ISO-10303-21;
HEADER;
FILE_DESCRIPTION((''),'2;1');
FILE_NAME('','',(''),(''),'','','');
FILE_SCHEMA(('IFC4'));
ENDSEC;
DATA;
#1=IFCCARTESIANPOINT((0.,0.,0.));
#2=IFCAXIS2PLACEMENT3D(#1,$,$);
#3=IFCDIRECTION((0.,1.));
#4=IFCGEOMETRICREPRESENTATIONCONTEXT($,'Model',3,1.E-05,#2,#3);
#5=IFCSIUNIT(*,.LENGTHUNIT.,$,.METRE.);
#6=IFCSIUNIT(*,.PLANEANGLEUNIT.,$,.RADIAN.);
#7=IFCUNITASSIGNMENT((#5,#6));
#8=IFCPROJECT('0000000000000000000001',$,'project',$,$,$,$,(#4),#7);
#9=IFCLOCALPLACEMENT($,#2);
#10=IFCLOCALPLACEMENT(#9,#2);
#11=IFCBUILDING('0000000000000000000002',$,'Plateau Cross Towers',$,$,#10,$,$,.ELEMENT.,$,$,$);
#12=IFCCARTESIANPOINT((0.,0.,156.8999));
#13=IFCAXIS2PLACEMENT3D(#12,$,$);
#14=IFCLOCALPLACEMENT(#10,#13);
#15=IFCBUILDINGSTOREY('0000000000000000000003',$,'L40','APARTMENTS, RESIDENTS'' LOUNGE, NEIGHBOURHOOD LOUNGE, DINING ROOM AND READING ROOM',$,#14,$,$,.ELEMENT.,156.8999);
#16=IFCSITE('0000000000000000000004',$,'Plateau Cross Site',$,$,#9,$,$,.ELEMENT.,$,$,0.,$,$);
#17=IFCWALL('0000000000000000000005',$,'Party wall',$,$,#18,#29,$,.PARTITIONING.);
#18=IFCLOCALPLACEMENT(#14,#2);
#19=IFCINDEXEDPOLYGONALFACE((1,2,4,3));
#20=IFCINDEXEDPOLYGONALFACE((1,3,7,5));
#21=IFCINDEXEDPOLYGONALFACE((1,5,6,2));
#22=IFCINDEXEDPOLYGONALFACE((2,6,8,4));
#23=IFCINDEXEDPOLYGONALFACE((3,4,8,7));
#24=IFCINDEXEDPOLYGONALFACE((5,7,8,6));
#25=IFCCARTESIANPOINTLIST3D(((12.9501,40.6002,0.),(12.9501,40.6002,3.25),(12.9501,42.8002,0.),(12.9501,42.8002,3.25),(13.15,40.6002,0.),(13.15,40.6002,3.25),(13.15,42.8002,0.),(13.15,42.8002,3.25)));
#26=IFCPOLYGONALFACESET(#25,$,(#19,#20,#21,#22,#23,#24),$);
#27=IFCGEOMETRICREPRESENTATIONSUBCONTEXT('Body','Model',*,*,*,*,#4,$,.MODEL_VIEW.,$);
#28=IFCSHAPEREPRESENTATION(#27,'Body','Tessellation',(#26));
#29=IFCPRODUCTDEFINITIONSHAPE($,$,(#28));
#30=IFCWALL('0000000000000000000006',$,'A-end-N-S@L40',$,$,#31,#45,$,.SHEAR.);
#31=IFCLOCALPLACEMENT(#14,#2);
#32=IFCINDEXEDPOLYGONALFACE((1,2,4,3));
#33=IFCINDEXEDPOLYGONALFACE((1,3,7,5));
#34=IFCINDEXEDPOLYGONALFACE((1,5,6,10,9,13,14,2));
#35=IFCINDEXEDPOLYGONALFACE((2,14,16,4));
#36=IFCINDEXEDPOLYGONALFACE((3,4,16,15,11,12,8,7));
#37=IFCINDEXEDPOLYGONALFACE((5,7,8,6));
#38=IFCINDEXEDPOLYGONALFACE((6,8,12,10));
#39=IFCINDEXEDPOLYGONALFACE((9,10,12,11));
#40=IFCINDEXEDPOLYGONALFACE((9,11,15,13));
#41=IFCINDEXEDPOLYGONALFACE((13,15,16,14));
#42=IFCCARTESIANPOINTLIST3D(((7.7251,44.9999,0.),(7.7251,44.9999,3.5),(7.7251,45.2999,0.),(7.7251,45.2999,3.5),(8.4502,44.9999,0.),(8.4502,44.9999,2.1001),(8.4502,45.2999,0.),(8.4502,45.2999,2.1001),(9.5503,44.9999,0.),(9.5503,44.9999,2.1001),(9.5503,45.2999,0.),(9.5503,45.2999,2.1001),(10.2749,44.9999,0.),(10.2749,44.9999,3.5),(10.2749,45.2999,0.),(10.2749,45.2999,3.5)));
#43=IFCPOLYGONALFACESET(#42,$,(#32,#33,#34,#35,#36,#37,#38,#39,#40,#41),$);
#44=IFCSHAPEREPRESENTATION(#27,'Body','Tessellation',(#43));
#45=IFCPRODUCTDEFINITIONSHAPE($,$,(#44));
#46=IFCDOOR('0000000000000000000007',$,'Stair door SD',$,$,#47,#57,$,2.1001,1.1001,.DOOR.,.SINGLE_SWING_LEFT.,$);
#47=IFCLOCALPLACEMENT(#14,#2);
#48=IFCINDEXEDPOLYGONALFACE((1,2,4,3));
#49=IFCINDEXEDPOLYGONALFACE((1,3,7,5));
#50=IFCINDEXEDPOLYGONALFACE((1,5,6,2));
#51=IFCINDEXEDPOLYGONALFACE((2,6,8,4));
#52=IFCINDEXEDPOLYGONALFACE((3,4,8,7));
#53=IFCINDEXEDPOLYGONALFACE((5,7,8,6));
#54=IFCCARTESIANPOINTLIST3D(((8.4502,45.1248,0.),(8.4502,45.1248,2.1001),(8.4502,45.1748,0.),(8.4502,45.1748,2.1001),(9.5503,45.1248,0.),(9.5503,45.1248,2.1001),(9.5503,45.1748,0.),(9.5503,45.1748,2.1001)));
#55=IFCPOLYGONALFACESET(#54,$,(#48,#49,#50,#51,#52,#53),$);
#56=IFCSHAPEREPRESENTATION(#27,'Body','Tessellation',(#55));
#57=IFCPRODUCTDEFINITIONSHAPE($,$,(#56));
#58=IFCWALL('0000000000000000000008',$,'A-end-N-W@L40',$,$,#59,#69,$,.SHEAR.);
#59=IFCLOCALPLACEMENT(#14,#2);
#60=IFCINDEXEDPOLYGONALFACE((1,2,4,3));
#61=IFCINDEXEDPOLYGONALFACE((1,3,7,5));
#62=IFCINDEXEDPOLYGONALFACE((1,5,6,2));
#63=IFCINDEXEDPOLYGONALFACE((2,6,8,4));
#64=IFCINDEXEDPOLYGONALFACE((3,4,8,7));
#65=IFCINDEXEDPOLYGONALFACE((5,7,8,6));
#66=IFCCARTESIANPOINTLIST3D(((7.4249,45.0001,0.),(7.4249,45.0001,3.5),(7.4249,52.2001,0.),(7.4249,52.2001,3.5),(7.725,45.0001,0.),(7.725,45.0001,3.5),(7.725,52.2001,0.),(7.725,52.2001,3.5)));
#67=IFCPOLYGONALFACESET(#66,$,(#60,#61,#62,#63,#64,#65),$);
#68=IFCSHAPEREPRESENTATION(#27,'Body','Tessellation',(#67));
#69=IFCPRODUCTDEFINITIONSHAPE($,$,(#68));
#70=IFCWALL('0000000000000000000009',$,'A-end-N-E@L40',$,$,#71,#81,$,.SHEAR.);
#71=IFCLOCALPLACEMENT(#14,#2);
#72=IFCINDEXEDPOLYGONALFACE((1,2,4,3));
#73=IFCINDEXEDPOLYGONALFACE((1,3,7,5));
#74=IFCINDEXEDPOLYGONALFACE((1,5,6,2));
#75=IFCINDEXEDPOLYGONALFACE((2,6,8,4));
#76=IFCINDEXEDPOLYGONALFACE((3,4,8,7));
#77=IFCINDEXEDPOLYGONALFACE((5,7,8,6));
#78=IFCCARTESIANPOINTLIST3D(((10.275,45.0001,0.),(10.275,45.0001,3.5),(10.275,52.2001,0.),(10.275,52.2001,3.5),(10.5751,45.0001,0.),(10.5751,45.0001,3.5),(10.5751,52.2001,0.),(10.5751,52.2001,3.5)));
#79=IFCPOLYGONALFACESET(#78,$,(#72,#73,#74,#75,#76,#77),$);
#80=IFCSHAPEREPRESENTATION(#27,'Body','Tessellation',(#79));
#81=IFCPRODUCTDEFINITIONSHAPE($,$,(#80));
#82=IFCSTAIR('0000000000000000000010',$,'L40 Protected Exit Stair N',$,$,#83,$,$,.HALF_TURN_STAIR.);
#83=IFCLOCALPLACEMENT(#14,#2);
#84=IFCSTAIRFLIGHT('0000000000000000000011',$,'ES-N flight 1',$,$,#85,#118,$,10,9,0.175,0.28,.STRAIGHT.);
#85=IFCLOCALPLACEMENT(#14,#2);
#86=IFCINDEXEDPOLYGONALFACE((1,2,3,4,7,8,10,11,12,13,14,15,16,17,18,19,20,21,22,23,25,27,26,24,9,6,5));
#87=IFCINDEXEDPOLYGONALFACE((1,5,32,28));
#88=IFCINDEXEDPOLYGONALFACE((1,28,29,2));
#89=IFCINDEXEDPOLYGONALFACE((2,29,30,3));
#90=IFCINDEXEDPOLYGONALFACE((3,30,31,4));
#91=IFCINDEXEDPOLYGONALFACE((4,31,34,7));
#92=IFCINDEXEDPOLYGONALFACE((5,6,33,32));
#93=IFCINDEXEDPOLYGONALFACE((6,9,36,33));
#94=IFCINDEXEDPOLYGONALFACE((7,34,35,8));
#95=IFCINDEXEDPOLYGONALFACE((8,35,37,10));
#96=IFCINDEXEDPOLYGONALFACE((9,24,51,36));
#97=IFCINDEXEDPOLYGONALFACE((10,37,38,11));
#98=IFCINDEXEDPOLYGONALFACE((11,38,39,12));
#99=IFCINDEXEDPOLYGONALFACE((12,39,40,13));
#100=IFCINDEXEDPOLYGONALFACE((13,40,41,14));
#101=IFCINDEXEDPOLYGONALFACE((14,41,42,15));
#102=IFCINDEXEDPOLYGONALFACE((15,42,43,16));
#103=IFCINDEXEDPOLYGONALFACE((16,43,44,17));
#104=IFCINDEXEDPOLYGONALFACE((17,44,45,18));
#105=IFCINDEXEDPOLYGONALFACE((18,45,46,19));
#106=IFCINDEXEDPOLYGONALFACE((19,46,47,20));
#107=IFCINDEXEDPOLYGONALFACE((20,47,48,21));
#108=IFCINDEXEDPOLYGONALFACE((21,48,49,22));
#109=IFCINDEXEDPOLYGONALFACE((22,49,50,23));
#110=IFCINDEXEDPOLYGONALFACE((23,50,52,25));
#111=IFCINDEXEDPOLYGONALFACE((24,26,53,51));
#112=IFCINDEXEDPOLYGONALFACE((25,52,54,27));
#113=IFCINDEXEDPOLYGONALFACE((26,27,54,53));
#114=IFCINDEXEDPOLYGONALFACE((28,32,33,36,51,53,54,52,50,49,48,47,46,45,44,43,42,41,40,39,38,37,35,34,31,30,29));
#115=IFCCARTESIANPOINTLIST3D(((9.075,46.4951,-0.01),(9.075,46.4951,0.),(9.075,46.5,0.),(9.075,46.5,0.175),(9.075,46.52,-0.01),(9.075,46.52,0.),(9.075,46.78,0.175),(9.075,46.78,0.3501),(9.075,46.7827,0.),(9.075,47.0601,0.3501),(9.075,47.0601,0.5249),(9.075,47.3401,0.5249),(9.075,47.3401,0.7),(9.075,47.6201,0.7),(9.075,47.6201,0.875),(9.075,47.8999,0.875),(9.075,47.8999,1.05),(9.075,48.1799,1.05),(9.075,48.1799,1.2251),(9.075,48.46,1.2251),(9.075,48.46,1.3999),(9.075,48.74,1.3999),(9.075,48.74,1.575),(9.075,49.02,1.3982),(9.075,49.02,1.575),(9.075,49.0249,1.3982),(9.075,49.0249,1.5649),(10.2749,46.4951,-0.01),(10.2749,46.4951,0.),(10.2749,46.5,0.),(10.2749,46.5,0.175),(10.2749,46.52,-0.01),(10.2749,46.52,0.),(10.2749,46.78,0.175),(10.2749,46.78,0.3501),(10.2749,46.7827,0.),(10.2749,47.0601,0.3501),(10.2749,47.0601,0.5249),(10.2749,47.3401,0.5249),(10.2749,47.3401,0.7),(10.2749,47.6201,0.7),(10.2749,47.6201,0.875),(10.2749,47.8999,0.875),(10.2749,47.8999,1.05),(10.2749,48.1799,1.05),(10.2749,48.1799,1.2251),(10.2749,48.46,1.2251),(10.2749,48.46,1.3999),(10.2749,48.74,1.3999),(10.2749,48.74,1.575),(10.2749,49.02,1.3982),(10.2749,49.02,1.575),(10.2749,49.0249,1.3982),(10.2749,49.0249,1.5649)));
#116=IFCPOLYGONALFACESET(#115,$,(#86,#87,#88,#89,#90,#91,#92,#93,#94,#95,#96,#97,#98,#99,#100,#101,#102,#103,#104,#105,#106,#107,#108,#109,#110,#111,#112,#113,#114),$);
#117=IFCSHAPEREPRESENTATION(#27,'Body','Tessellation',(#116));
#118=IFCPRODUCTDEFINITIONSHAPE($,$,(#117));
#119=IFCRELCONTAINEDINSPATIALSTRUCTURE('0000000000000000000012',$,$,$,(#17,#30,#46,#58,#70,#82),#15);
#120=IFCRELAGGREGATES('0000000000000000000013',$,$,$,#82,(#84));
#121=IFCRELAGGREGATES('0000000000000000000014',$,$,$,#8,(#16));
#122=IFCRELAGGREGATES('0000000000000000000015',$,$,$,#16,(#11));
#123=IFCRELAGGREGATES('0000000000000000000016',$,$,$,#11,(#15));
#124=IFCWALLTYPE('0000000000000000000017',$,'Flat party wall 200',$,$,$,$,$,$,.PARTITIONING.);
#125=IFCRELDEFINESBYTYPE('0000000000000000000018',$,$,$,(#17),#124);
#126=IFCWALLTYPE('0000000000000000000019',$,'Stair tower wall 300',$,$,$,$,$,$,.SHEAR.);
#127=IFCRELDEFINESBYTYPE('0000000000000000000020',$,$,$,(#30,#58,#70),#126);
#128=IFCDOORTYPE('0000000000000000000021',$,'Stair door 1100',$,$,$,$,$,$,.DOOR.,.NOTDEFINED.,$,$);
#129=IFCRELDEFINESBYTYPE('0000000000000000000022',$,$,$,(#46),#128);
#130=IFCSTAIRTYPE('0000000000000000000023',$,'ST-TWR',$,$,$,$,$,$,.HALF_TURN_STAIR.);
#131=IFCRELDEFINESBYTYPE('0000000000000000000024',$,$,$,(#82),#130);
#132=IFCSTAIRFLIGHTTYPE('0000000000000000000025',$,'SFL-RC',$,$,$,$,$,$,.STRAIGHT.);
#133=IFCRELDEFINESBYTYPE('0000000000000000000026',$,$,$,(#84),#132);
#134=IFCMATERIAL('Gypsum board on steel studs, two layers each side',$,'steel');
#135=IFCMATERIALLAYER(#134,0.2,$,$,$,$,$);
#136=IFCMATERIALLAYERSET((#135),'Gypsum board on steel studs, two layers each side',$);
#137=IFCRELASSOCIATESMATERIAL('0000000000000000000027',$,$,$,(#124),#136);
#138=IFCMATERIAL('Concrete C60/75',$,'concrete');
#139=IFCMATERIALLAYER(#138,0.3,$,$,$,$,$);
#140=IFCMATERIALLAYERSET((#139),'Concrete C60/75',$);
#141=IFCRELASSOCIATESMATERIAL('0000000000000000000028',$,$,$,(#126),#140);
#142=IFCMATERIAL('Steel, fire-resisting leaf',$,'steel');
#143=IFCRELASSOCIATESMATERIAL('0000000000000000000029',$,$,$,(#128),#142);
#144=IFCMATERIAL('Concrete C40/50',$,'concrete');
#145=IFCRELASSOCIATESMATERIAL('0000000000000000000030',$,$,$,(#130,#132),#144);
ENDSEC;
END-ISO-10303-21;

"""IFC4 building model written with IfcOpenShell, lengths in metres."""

from ifc_helpers import new_model, si_unit, direction, frame, frame_2d, origin, place, context, subcontext, project, spatial, polyline, rectangle, outline, extrude, material, layer, layer_set, type_object, element, fill, aggregate, save


model = new_model("IFC4")

# Units and contexts
model_context = context("Model", 3, precision=1e-05, world=origin(), true_north=direction((0.0, 1.0)))
body_context = subcontext(model_context, "Body", "Model", "MODEL_VIEW")
ifc_project = project(units=[si_unit("LENGTHUNIT", "METRE"), si_unit("PLANEANGLEUNIT", "RADIAN")], contexts=[model_context])

# Site, building, storey
site_placement = place(None, origin())
site = spatial("IfcSite", under=ifc_project, at=site_placement, Name="Plateau Cross Site", CompositionType="ELEMENT", RefElevation=0.0)
building_placement = place(site_placement, origin())
building = spatial("IfcBuilding", under=site, at=building_placement, Name="Plateau Cross Towers", CompositionType="ELEMENT")
storey_placement = place(building_placement, frame((0.0, 0.0, 156.8999)))
storey = spatial("IfcBuildingStorey", under=building, at=storey_placement, Name="L40", Description="APARTMENTS, RESIDENTS' LOUNGE, NEIGHBOURHOOD LOUNGE, DINING ROOM AND READING ROOM", CompositionType="ELEMENT", Elevation=156.8999)

# Wall
ifc_material_1 = material(Name="Gypsum board on steel studs, two layers each side", Category="steel")
ifc_layer_1 = layer(ifc_material_1, 0.2)
ifc_layer_set_1 = layer_set([ifc_layer_1], Name="Gypsum board on steel studs, two layers each side")
wall_type_1 = type_object("IfcWallType", Name="Flat party wall 200", PredefinedType="PARTITIONING", material=ifc_layer_set_1)
wall_1_placement = place(storey_placement, frame((13.05, 40.6001, 0.0), z_axis=(0.0, 0.0, 1.0), x_axis=(0.0, 1.0, 0.0)))
element("IfcWall", 1, at=wall_1_placement, inside=storey, type_object=wall_type_1, Name="Party wall", PredefinedType="PARTITIONING", context=body_context, shape_type="SweptSolid", body=[
    extrude(rectangle(XDim=2.2, YDim=0.2, at=frame_2d((1.1001, 0.0))), origin(), (0.0, 0.0, 1.0), 3.25),
])

# Wall, opening, door
ifc_material_2 = material(Name="Concrete C60/75", Category="concrete")
ifc_layer_2 = layer(ifc_material_2, 0.3)
ifc_layer_set_2 = layer_set([ifc_layer_2], Name="Concrete C60/75")
wall_type_2 = type_object("IfcWallType", Name="Stair tower wall 300", PredefinedType="SHEAR", material=ifc_layer_set_2)
wall_2_placement = place(storey_placement, frame((7.7251, 45.1499, 0.0), z_axis=(0.0, 0.0, 1.0), x_axis=(1.0, 0.0, 0.0)))
wall_2 = element("IfcWall", 2, at=wall_2_placement, inside=storey, type_object=wall_type_2, Name="A-end-N-S@L40", PredefinedType="SHEAR", context=body_context, shape_type="SweptSolid", body=[
    extrude(rectangle(XDim=2.5498, YDim=0.3, at=frame_2d((1.2749, 0.0))), origin(), (0.0, 0.0, 1.0), 3.5),
])
opening_1_placement = place(wall_2_placement, frame((0.7251, 0.0, 0.0)))
opening_1 = element("IfcOpeningElement", 3, at=opening_1_placement, cuts=wall_2, PredefinedType="OPENING", context=body_context, shape_type="SweptSolid", body=[
    extrude(rectangle(XDim=1.1001, YDim=2.1001, at=frame_2d((0.55, 1.05))), frame((0.0, 0.1599, 0.0), z_axis=(0.0, -1.0, 0.0), x_axis=(1.0, 0.0, 0.0)), (0.0, 0.0, 1.0), 0.3201),
])
ifc_material_3 = material(Name="Steel, fire-resisting leaf", Category="steel")
door_type_1 = type_object("IfcDoorType", Name="Stair door 1100", OperationType="NOTDEFINED", PredefinedType="DOOR", material=ifc_material_3)
door_1_placement = place(opening_1_placement, origin())
door_1 = element("IfcDoor", 4, at=door_1_placement, inside=storey, type_object=door_type_1, Name="Stair door SD", OperationType="SINGLE_SWING_LEFT", OverallHeight=2.1001, OverallWidth=1.1001, PredefinedType="DOOR", context=body_context, shape_type="SweptSolid", body=[
    extrude(rectangle(XDim=1.1001, YDim=2.1001, at=frame_2d((0.55, 1.05))), frame((0.0, 0.0249, 0.0), z_axis=(0.0, -1.0, 0.0), x_axis=(1.0, 0.0, 0.0)), (0.0, 0.0, 1.0), 0.05),
])
fill(opening_1, door_1)

# Walls
for number, where, z_axis, x_axis, name in (
    (5, (7.575, 45.0, 0.0), (0.0, 0.0, 1.0), (0.0, 1.0, 0.0), "A-end-N-W@L40"),
    (6, (10.425, 45.0, 0.0), (0.0, 0.0, 1.0), (0.0, 1.0, 0.0), "A-end-N-E@L40"),
):
    element("IfcWall", number, at=place(storey_placement, frame(where, z_axis=z_axis, x_axis=x_axis)), inside=storey, type_object=wall_type_2, Name=name, PredefinedType="SHEAR", context=body_context, shape_type="SweptSolid", body=[
        extrude(rectangle(XDim=7.2, YDim=0.3, at=frame_2d((3.6001, 0.0))), origin(), (0.0, 0.0, 1.0), 3.5),
    ])

# Stair, stair flight
ifc_material_4 = material(Name="Concrete C40/50", Category="concrete")
stair_type = type_object("IfcStairType", Name="ST-TWR", PredefinedType="HALF_TURN_STAIR", material=ifc_material_4)
stair_placement = place(storey_placement, origin())
stair = element("IfcStair", 7, at=stair_placement, inside=storey, type_object=stair_type, Name="L40 Protected Exit Stair N", PredefinedType="HALF_TURN_STAIR")
stair_flight_type = type_object("IfcStairFlightType", Name="SFL-RC", PredefinedType="STRAIGHT", material=ifc_material_4)
stair_flight_placement = place(storey_placement, frame((9.675, 46.5, 0.0), z_axis=(0.0, 0.0, 1.0), x_axis=(0.0, 1.0, 0.0)))
stair_flight = element("IfcStairFlight", 8, at=stair_flight_placement, type_object=stair_flight_type, Name="ES-N flight 1", NumberOfRisers=10, NumberOfTreads=9, PredefinedType="STRAIGHT", RiserHeight=0.175, TreadLength=0.28, context=body_context, shape_type="SweptSolid", body=[
    extrude(outline(polyline([(-0.0049, -0.01), (-0.0049, 0.0), (0.0, 0.0), (0.0, 0.175), (0.28, 0.175), (0.28, 0.3501), (0.5601, 0.3501), (0.5601, 0.5249), (0.8401, 0.5249), (0.8401, 0.7), (1.1201, 0.7), (1.1201, 0.875), (1.3999, 0.875), (1.3999, 1.05), (1.6799, 1.05), (1.6799, 1.2251), (1.96, 1.2251), (1.96, 1.3999), (2.24, 1.3999), (2.24, 1.575), (2.52, 1.575), (2.5249, 1.5649), (2.5249, 1.3982), (2.52, 1.3982), (0.2827, 0.0), (0.02, 0.0), (0.02, -0.01), (-0.0049, -0.01)])), frame((0.0, 0.6001, 0.0), z_axis=(0.0, -1.0, 0.0), x_axis=(1.0, 0.0, 0.0)), (0.0, 0.0, 1.0), 1.2),
])
aggregate(stair, [stair_flight])

save(model, "model.ifc")
